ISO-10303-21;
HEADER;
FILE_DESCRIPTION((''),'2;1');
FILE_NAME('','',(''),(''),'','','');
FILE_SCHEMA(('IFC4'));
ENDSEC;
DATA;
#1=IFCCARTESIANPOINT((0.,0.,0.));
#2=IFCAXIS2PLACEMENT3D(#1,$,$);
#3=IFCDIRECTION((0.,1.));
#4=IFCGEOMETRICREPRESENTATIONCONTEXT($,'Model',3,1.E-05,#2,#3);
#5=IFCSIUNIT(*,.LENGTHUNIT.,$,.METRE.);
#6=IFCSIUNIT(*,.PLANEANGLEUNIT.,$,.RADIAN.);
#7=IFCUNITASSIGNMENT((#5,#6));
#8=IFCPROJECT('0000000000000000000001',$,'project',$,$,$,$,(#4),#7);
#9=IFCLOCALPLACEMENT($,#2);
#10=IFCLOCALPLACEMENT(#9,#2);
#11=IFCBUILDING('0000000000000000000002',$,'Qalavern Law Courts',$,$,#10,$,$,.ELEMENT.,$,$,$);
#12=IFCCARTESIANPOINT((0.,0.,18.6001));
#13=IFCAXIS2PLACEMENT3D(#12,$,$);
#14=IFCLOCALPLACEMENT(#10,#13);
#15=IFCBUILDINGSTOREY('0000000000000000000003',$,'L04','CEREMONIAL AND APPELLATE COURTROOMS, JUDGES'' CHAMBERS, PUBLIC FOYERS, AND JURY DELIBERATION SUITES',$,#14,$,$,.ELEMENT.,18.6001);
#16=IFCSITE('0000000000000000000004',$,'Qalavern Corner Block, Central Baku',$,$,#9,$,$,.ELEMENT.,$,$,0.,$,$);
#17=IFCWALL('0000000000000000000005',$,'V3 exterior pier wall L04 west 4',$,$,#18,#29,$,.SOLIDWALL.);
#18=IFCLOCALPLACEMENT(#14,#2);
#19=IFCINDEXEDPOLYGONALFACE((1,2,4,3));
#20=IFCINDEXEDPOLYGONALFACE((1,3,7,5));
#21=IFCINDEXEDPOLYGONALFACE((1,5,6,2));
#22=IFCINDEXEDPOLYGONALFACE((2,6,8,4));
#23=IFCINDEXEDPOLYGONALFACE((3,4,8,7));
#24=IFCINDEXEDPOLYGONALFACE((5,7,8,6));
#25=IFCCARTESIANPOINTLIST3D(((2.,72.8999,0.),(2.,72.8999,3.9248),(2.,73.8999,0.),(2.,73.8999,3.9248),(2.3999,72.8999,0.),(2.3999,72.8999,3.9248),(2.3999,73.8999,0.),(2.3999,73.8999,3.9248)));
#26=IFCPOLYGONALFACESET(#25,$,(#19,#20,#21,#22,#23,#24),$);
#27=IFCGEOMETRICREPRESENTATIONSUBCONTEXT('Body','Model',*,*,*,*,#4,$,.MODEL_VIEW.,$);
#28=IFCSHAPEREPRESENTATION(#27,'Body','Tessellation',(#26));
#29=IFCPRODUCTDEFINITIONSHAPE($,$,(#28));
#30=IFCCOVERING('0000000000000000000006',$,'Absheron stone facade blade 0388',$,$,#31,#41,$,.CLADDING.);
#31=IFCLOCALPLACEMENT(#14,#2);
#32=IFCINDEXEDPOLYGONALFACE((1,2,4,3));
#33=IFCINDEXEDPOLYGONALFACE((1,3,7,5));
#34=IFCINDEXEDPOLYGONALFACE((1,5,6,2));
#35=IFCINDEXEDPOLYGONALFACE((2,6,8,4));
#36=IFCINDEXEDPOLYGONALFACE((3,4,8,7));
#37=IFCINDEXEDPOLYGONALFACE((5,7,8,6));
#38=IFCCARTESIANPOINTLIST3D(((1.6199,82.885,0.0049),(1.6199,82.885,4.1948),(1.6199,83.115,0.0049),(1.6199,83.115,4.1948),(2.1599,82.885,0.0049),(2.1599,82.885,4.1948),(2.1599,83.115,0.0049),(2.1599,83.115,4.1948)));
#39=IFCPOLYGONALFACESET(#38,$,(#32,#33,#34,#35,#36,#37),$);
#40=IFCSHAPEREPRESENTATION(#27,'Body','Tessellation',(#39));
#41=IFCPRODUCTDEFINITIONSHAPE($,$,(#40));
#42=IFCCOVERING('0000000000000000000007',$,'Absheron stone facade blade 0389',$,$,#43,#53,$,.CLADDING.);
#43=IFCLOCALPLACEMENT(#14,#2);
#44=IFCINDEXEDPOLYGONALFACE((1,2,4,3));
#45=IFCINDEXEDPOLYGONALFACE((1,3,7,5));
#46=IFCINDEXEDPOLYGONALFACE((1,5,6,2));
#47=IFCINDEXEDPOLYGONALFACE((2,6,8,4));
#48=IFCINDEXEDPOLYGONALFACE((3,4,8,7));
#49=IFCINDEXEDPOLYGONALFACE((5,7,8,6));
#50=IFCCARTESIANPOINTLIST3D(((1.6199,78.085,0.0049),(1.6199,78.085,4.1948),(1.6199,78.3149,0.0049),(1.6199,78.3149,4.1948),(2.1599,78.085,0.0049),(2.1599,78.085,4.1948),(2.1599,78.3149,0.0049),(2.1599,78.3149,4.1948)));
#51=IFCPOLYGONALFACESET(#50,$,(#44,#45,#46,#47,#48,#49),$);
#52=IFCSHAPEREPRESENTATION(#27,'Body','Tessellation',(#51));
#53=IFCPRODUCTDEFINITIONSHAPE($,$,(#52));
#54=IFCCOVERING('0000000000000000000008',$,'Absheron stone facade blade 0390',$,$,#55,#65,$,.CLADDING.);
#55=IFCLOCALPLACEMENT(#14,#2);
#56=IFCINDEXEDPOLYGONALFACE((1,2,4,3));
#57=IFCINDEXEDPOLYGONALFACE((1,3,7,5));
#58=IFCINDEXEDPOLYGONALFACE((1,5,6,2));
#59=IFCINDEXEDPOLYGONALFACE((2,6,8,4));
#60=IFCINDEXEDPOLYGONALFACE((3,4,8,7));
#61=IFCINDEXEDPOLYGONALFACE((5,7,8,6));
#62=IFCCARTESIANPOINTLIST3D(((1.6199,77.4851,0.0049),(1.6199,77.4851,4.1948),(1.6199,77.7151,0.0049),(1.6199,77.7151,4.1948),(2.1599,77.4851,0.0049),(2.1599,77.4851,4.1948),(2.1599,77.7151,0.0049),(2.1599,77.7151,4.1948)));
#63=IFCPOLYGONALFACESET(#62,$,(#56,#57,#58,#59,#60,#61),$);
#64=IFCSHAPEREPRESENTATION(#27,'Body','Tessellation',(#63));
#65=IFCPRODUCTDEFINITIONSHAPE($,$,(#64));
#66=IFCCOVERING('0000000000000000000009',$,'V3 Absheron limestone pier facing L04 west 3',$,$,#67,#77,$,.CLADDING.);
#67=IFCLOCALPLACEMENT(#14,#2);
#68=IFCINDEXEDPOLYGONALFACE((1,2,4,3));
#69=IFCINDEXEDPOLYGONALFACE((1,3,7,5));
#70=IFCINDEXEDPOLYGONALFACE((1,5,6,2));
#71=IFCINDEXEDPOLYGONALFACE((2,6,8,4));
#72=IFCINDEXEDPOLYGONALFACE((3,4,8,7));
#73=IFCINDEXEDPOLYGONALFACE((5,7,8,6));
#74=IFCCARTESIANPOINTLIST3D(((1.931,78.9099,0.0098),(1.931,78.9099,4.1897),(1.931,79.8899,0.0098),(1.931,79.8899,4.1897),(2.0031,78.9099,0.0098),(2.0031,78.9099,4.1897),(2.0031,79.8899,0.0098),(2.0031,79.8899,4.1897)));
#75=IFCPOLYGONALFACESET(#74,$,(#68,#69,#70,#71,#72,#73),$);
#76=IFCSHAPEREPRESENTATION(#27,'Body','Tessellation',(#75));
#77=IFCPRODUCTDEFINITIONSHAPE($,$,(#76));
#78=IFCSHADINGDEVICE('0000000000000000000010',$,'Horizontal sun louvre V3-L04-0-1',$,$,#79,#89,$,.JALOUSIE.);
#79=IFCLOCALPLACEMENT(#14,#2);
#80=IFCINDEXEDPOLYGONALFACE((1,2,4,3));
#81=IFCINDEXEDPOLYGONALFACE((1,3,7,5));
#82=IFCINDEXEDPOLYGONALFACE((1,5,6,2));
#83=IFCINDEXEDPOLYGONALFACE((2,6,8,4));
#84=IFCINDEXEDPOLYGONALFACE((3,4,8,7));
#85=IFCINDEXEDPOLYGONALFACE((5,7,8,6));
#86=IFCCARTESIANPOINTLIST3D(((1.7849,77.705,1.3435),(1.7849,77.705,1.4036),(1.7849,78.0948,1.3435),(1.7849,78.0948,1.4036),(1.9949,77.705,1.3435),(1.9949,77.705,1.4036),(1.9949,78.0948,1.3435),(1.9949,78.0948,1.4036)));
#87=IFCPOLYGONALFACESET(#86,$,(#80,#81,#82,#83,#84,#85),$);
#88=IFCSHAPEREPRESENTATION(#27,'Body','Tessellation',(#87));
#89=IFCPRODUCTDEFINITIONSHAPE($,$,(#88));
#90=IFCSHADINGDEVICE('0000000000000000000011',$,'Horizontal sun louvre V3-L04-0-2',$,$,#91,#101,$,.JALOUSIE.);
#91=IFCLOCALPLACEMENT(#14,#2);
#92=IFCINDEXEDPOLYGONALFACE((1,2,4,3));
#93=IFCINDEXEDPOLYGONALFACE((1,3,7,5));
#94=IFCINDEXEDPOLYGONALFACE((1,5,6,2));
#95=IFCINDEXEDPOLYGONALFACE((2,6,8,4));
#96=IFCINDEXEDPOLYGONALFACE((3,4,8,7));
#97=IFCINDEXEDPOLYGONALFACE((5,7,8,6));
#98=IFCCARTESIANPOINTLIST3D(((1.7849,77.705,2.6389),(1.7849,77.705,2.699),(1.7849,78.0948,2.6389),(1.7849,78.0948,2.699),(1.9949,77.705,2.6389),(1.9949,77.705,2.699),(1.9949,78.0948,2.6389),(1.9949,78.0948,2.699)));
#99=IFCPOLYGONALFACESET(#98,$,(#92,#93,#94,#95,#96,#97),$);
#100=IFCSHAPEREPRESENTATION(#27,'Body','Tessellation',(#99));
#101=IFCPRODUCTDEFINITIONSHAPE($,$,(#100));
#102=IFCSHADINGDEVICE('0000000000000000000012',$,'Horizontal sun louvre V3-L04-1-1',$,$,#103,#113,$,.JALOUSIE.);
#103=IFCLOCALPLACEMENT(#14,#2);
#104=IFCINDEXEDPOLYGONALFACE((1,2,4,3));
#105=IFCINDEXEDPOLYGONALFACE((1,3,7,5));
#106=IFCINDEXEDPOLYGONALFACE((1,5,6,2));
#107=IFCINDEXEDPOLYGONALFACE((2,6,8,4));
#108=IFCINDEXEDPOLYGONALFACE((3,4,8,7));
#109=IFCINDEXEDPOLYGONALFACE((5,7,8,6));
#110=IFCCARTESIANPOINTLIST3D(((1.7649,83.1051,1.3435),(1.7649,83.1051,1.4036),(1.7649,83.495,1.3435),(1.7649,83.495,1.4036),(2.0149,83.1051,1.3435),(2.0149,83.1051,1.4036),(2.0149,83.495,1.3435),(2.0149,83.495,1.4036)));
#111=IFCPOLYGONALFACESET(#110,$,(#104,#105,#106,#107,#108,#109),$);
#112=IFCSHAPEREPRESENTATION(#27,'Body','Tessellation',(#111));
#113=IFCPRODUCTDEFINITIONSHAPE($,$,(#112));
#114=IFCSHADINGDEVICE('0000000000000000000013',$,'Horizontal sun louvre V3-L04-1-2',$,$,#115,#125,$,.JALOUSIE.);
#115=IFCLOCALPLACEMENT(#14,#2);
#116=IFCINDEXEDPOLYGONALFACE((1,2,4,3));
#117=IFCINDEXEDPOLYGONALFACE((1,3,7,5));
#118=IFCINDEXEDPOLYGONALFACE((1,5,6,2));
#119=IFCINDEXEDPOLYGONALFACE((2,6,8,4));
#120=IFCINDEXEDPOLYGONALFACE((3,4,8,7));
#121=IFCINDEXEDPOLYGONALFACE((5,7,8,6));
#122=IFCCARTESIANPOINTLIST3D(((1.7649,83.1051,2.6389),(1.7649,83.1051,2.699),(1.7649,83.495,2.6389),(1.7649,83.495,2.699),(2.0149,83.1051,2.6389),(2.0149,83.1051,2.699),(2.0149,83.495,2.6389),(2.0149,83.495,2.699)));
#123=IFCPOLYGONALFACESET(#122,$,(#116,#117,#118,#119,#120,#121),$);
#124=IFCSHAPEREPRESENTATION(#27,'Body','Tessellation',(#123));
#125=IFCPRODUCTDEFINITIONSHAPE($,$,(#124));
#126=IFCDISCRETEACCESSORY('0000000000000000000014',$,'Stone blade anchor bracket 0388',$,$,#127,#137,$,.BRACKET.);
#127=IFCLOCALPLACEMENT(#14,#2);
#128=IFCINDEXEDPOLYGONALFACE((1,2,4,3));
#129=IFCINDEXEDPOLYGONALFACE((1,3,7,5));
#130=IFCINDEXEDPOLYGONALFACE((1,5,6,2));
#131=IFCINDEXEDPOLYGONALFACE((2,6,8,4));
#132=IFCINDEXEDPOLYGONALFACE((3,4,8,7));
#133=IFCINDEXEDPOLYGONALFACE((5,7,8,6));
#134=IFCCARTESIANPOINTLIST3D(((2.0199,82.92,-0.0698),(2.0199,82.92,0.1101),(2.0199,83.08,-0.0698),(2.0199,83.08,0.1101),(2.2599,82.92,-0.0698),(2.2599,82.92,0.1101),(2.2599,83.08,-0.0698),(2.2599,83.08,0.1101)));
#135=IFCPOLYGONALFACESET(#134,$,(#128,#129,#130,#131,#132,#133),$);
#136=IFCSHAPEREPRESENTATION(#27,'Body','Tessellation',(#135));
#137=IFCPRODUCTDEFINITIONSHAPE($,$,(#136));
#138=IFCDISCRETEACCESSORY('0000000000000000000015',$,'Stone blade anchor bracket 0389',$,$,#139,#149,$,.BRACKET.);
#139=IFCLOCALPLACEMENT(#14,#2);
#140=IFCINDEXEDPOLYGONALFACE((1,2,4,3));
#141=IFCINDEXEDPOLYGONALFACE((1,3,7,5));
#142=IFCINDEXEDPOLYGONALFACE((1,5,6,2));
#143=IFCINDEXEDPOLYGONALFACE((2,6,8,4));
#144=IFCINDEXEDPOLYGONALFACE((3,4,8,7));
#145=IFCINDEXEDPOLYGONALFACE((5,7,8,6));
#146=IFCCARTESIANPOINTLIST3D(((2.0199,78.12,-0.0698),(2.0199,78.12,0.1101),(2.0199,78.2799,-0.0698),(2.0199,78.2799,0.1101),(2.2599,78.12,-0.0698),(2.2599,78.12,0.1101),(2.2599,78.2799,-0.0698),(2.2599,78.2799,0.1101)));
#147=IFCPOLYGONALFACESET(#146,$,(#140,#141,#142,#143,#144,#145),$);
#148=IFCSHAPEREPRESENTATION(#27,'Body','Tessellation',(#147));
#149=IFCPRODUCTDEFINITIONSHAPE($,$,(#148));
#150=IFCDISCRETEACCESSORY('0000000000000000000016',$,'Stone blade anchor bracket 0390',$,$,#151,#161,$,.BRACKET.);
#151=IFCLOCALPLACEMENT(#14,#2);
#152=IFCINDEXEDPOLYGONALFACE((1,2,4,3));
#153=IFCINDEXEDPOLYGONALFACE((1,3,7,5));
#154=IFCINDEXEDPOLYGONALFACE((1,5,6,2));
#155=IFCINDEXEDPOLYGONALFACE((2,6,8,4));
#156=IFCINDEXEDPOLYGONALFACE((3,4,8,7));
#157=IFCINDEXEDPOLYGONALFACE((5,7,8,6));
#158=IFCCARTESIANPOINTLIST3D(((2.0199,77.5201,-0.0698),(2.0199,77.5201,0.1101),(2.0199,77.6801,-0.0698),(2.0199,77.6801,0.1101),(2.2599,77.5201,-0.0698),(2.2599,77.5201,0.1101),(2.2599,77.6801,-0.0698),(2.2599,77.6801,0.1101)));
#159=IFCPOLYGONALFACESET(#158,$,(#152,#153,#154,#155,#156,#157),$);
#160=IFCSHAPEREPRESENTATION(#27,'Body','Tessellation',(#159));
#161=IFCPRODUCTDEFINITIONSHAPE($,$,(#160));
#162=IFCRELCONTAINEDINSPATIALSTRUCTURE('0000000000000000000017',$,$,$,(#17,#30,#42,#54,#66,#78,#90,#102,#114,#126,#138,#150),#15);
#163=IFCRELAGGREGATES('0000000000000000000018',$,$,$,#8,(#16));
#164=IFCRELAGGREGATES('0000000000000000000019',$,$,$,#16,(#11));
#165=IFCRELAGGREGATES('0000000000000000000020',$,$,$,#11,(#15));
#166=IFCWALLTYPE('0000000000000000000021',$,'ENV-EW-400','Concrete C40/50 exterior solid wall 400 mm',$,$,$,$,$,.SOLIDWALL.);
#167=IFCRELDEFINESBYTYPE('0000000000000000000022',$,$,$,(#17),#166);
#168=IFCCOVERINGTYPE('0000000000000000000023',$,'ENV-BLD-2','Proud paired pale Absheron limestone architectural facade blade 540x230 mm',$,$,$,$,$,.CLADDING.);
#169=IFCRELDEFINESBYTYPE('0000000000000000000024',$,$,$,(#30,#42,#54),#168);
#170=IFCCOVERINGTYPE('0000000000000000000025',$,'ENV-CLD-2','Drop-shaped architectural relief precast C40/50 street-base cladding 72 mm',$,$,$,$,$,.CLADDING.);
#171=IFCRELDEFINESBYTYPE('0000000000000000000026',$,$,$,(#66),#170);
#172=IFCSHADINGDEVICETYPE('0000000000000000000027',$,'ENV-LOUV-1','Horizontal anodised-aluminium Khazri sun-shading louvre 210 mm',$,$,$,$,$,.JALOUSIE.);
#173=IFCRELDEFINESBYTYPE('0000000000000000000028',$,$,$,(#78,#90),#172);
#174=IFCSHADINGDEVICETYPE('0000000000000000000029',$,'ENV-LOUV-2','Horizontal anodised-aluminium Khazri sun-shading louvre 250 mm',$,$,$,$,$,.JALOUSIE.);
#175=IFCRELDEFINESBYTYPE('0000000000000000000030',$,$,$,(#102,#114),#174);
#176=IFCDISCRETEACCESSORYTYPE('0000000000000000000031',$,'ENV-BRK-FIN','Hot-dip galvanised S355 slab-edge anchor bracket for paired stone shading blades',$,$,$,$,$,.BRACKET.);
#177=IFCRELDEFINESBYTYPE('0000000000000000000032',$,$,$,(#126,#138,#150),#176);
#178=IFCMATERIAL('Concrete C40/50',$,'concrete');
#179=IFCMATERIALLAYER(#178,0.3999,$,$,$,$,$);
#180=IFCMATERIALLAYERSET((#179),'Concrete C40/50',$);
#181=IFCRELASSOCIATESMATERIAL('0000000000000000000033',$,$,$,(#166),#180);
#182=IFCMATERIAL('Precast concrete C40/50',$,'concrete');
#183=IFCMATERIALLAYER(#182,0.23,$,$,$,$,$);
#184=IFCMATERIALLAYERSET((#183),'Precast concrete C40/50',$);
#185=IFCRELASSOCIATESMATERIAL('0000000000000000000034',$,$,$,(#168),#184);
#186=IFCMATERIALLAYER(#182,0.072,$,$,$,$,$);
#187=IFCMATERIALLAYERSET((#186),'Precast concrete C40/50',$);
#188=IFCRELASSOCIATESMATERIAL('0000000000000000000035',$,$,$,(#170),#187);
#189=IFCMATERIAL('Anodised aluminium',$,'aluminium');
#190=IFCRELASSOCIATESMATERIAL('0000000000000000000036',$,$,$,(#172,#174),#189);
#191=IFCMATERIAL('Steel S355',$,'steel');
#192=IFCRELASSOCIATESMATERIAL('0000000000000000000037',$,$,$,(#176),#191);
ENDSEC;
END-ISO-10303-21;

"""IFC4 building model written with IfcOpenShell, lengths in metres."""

from ifc_helpers import new_model, si_unit, direction, frame, frame_2d, origin, origin_2d, place, context, subcontext, project, spatial, rectangle, extrude, material, layer, layer_set, type_object, element, save


model = new_model("IFC4")

# Units and contexts
model_context = context("Model", 3, precision=1e-05, world=origin(), true_north=direction((0.0, 1.0)))
body_context = subcontext(model_context, "Body", "Model", "MODEL_VIEW")
ifc_project = project(units=[si_unit("LENGTHUNIT", "METRE"), si_unit("PLANEANGLEUNIT", "RADIAN")], contexts=[model_context])

# Site, building, storey
site_placement = place(None, origin())
site = spatial("IfcSite", under=ifc_project, at=site_placement, Name="Qalavern Corner Block, Central Baku", CompositionType="ELEMENT", RefElevation=0.0)
building_placement = place(site_placement, origin())
building = spatial("IfcBuilding", under=site, at=building_placement, Name="Qalavern Law Courts", CompositionType="ELEMENT")
storey_placement = place(building_placement, frame((0.0, 0.0, 18.6001)))
storey = spatial("IfcBuildingStorey", under=building, at=storey_placement, Name="L04", Description="CEREMONIAL AND APPELLATE COURTROOMS, JUDGES' CHAMBERS, PUBLIC FOYERS, AND JURY DELIBERATION SUITES", CompositionType="ELEMENT", Elevation=18.6001)

# Shared definitions
ifc_material_1 = material(Name="Anodised aluminium", Category="aluminium")

# Wall
ifc_material_2 = material(Name="Concrete C40/50", Category="concrete")
ifc_layer_1 = layer(ifc_material_2, 0.3999)
ifc_layer_set_1 = layer_set([ifc_layer_1], Name="Concrete C40/50")
wall_type = type_object("IfcWallType", Name="ENV-EW-400", Description="Concrete C40/50 exterior solid wall 400 mm", PredefinedType="SOLIDWALL", material=ifc_layer_set_1)
wall_placement = place(storey_placement, frame((2.2, 73.8999, 0.0), z_axis=(0.0, 0.0, 1.0), x_axis=(0.0, -1.0, 0.0)))
element("IfcWall", 1, at=wall_placement, inside=storey, type_object=wall_type, Name="V3 exterior pier wall L04 west 4", PredefinedType="SOLIDWALL", context=body_context, shape_type="SweptSolid", body=[
    extrude(rectangle(XDim=1.0, YDim=0.3999, at=frame_2d((0.5, 0.0))), origin(), (0.0, 0.0, 1.0), 3.9248),
])

# Coverings
ifc_material_3 = material(Name="Precast concrete C40/50", Category="concrete")
ifc_layer_2 = layer(ifc_material_3, 0.23)
ifc_layer_set_2 = layer_set([ifc_layer_2], Name="Precast concrete C40/50")
covering_type_1 = type_object("IfcCoveringType", Name="ENV-BLD-2", Description="Proud paired pale Absheron limestone architectural facade blade 540x230 mm", PredefinedType="CLADDING", material=ifc_layer_set_2)
for number, where, z_axis, x_axis, name in (
    (2, (1.8899, 83.0, 0.0049), (0.0, 0.0, 1.0), (-1.0, 0.0, 0.0), "Absheron stone facade blade 0388"),
    (3, (1.8899, 78.2, 0.0049), (0.0, 0.0, 1.0), (-1.0, 0.0, 0.0), "Absheron stone facade blade 0389"),
    (4, (1.8899, 77.6001, 0.0049), (0.0, 0.0, 1.0), (-1.0, 0.0, 0.0), "Absheron stone facade blade 0390"),
):
    element("IfcCovering", number, at=place(storey_placement, frame(where, z_axis=z_axis, x_axis=x_axis)), inside=storey, type_object=covering_type_1, Name=name, PredefinedType="CLADDING", context=body_context, shape_type="SweptSolid", body=[
        extrude(rectangle(XDim=0.54, YDim=0.23, at=origin_2d()), origin(), (0.0, 0.0, 1.0), 4.1899),
    ])
ifc_layer_3 = layer(ifc_material_3, 0.072)
ifc_layer_set_3 = layer_set([ifc_layer_3], Name="Precast concrete C40/50")
covering_type_2 = type_object("IfcCoveringType", Name="ENV-CLD-2", Description="Drop-shaped architectural relief precast C40/50 street-base cladding 72 mm", PredefinedType="CLADDING", material=ifc_layer_set_3)
covering_placement = place(storey_placement, frame((1.967, 79.3999, 0.0098), z_axis=(0.0, 0.0, 1.0), x_axis=(0.0, -1.0, 0.0)))
element("IfcCovering", 5, at=covering_placement, inside=storey, type_object=covering_type_2, Name="V3 Absheron limestone pier facing L04 west 3", PredefinedType="CLADDING", context=body_context, shape_type="SweptSolid", body=[
    extrude(rectangle(XDim=0.98, YDim=0.072, at=origin_2d()), origin(), (0.0, 0.0, 1.0), 4.1799),
])

# Shading devices
shading_device_type_1 = type_object("IfcShadingDeviceType", Name="ENV-LOUV-1", Description="Horizontal anodised-aluminium Khazri sun-shading louvre 210 mm", PredefinedType="JALOUSIE", material=ifc_material_1)
for number, where, z_axis, x_axis, name in (
    (6, (1.8899, 77.8999, 1.3435), (0.0, 0.0, 1.0), (0.0, -1.0, 0.0), "Horizontal sun louvre V3-L04-0-1"),
    (7, (1.8899, 77.8999, 2.6389), (0.0, 0.0, 1.0), (0.0, -1.0, 0.0), "Horizontal sun louvre V3-L04-0-2"),
):
    element("IfcShadingDevice", number, at=place(storey_placement, frame(where, z_axis=z_axis, x_axis=x_axis)), inside=storey, type_object=shading_device_type_1, Name=name, PredefinedType="JALOUSIE", context=body_context, shape_type="SweptSolid", body=[
        extrude(rectangle(XDim=0.3899, YDim=0.21, at=origin_2d()), origin(), (0.0, 0.0, 1.0), 0.0601),
    ])
shading_device_type_2 = type_object("IfcShadingDeviceType", Name="ENV-LOUV-2", Description="Horizontal anodised-aluminium Khazri sun-shading louvre 250 mm", PredefinedType="JALOUSIE", material=ifc_material_1)
for number, where, z_axis, x_axis, name in (
    (8, (1.8899, 83.3, 1.3435), (0.0, 0.0, 1.0), (0.0, -1.0, 0.0), "Horizontal sun louvre V3-L04-1-1"),
    (9, (1.8899, 83.3, 2.6389), (0.0, 0.0, 1.0), (0.0, -1.0, 0.0), "Horizontal sun louvre V3-L04-1-2"),
):
    element("IfcShadingDevice", number, at=place(storey_placement, frame(where, z_axis=z_axis, x_axis=x_axis)), inside=storey, type_object=shading_device_type_2, Name=name, PredefinedType="JALOUSIE", context=body_context, shape_type="SweptSolid", body=[
        extrude(rectangle(XDim=0.3899, YDim=0.25, at=origin_2d()), origin(), (0.0, 0.0, 1.0), 0.0601),
    ])

# Discrete accessories
ifc_material_4 = material(Name="Steel S355", Category="steel")
discrete_accessory_type = type_object("IfcDiscreteAccessoryType", Name="ENV-BRK-FIN", Description="Hot-dip galvanised S355 slab-edge anchor bracket for paired stone shading blades", PredefinedType="BRACKET", material=ifc_material_4)
for number, where, z_axis, x_axis, name in (
    (10, (2.1399, 83.0, -0.0698), (0.0, 0.0, 1.0), (-1.0, 0.0, 0.0), "Stone blade anchor bracket 0388"),
    (11, (2.1399, 78.2, -0.0698), (0.0, 0.0, 1.0), (-1.0, 0.0, 0.0), "Stone blade anchor bracket 0389"),
    (12, (2.1399, 77.6001, -0.0698), (0.0, 0.0, 1.0), (-1.0, 0.0, 0.0), "Stone blade anchor bracket 0390"),
):
    element("IfcDiscreteAccessory", number, at=place(storey_placement, frame(where, z_axis=z_axis, x_axis=x_axis)), inside=storey, type_object=discrete_accessory_type, Name=name, PredefinedType="BRACKET", context=body_context, shape_type="SweptSolid", body=[
        extrude(rectangle(XDim=0.24, YDim=0.1599, at=origin_2d()), origin(), (0.0, 0.0, 1.0), 0.1799),
    ])

save(model, "model.ifc")
